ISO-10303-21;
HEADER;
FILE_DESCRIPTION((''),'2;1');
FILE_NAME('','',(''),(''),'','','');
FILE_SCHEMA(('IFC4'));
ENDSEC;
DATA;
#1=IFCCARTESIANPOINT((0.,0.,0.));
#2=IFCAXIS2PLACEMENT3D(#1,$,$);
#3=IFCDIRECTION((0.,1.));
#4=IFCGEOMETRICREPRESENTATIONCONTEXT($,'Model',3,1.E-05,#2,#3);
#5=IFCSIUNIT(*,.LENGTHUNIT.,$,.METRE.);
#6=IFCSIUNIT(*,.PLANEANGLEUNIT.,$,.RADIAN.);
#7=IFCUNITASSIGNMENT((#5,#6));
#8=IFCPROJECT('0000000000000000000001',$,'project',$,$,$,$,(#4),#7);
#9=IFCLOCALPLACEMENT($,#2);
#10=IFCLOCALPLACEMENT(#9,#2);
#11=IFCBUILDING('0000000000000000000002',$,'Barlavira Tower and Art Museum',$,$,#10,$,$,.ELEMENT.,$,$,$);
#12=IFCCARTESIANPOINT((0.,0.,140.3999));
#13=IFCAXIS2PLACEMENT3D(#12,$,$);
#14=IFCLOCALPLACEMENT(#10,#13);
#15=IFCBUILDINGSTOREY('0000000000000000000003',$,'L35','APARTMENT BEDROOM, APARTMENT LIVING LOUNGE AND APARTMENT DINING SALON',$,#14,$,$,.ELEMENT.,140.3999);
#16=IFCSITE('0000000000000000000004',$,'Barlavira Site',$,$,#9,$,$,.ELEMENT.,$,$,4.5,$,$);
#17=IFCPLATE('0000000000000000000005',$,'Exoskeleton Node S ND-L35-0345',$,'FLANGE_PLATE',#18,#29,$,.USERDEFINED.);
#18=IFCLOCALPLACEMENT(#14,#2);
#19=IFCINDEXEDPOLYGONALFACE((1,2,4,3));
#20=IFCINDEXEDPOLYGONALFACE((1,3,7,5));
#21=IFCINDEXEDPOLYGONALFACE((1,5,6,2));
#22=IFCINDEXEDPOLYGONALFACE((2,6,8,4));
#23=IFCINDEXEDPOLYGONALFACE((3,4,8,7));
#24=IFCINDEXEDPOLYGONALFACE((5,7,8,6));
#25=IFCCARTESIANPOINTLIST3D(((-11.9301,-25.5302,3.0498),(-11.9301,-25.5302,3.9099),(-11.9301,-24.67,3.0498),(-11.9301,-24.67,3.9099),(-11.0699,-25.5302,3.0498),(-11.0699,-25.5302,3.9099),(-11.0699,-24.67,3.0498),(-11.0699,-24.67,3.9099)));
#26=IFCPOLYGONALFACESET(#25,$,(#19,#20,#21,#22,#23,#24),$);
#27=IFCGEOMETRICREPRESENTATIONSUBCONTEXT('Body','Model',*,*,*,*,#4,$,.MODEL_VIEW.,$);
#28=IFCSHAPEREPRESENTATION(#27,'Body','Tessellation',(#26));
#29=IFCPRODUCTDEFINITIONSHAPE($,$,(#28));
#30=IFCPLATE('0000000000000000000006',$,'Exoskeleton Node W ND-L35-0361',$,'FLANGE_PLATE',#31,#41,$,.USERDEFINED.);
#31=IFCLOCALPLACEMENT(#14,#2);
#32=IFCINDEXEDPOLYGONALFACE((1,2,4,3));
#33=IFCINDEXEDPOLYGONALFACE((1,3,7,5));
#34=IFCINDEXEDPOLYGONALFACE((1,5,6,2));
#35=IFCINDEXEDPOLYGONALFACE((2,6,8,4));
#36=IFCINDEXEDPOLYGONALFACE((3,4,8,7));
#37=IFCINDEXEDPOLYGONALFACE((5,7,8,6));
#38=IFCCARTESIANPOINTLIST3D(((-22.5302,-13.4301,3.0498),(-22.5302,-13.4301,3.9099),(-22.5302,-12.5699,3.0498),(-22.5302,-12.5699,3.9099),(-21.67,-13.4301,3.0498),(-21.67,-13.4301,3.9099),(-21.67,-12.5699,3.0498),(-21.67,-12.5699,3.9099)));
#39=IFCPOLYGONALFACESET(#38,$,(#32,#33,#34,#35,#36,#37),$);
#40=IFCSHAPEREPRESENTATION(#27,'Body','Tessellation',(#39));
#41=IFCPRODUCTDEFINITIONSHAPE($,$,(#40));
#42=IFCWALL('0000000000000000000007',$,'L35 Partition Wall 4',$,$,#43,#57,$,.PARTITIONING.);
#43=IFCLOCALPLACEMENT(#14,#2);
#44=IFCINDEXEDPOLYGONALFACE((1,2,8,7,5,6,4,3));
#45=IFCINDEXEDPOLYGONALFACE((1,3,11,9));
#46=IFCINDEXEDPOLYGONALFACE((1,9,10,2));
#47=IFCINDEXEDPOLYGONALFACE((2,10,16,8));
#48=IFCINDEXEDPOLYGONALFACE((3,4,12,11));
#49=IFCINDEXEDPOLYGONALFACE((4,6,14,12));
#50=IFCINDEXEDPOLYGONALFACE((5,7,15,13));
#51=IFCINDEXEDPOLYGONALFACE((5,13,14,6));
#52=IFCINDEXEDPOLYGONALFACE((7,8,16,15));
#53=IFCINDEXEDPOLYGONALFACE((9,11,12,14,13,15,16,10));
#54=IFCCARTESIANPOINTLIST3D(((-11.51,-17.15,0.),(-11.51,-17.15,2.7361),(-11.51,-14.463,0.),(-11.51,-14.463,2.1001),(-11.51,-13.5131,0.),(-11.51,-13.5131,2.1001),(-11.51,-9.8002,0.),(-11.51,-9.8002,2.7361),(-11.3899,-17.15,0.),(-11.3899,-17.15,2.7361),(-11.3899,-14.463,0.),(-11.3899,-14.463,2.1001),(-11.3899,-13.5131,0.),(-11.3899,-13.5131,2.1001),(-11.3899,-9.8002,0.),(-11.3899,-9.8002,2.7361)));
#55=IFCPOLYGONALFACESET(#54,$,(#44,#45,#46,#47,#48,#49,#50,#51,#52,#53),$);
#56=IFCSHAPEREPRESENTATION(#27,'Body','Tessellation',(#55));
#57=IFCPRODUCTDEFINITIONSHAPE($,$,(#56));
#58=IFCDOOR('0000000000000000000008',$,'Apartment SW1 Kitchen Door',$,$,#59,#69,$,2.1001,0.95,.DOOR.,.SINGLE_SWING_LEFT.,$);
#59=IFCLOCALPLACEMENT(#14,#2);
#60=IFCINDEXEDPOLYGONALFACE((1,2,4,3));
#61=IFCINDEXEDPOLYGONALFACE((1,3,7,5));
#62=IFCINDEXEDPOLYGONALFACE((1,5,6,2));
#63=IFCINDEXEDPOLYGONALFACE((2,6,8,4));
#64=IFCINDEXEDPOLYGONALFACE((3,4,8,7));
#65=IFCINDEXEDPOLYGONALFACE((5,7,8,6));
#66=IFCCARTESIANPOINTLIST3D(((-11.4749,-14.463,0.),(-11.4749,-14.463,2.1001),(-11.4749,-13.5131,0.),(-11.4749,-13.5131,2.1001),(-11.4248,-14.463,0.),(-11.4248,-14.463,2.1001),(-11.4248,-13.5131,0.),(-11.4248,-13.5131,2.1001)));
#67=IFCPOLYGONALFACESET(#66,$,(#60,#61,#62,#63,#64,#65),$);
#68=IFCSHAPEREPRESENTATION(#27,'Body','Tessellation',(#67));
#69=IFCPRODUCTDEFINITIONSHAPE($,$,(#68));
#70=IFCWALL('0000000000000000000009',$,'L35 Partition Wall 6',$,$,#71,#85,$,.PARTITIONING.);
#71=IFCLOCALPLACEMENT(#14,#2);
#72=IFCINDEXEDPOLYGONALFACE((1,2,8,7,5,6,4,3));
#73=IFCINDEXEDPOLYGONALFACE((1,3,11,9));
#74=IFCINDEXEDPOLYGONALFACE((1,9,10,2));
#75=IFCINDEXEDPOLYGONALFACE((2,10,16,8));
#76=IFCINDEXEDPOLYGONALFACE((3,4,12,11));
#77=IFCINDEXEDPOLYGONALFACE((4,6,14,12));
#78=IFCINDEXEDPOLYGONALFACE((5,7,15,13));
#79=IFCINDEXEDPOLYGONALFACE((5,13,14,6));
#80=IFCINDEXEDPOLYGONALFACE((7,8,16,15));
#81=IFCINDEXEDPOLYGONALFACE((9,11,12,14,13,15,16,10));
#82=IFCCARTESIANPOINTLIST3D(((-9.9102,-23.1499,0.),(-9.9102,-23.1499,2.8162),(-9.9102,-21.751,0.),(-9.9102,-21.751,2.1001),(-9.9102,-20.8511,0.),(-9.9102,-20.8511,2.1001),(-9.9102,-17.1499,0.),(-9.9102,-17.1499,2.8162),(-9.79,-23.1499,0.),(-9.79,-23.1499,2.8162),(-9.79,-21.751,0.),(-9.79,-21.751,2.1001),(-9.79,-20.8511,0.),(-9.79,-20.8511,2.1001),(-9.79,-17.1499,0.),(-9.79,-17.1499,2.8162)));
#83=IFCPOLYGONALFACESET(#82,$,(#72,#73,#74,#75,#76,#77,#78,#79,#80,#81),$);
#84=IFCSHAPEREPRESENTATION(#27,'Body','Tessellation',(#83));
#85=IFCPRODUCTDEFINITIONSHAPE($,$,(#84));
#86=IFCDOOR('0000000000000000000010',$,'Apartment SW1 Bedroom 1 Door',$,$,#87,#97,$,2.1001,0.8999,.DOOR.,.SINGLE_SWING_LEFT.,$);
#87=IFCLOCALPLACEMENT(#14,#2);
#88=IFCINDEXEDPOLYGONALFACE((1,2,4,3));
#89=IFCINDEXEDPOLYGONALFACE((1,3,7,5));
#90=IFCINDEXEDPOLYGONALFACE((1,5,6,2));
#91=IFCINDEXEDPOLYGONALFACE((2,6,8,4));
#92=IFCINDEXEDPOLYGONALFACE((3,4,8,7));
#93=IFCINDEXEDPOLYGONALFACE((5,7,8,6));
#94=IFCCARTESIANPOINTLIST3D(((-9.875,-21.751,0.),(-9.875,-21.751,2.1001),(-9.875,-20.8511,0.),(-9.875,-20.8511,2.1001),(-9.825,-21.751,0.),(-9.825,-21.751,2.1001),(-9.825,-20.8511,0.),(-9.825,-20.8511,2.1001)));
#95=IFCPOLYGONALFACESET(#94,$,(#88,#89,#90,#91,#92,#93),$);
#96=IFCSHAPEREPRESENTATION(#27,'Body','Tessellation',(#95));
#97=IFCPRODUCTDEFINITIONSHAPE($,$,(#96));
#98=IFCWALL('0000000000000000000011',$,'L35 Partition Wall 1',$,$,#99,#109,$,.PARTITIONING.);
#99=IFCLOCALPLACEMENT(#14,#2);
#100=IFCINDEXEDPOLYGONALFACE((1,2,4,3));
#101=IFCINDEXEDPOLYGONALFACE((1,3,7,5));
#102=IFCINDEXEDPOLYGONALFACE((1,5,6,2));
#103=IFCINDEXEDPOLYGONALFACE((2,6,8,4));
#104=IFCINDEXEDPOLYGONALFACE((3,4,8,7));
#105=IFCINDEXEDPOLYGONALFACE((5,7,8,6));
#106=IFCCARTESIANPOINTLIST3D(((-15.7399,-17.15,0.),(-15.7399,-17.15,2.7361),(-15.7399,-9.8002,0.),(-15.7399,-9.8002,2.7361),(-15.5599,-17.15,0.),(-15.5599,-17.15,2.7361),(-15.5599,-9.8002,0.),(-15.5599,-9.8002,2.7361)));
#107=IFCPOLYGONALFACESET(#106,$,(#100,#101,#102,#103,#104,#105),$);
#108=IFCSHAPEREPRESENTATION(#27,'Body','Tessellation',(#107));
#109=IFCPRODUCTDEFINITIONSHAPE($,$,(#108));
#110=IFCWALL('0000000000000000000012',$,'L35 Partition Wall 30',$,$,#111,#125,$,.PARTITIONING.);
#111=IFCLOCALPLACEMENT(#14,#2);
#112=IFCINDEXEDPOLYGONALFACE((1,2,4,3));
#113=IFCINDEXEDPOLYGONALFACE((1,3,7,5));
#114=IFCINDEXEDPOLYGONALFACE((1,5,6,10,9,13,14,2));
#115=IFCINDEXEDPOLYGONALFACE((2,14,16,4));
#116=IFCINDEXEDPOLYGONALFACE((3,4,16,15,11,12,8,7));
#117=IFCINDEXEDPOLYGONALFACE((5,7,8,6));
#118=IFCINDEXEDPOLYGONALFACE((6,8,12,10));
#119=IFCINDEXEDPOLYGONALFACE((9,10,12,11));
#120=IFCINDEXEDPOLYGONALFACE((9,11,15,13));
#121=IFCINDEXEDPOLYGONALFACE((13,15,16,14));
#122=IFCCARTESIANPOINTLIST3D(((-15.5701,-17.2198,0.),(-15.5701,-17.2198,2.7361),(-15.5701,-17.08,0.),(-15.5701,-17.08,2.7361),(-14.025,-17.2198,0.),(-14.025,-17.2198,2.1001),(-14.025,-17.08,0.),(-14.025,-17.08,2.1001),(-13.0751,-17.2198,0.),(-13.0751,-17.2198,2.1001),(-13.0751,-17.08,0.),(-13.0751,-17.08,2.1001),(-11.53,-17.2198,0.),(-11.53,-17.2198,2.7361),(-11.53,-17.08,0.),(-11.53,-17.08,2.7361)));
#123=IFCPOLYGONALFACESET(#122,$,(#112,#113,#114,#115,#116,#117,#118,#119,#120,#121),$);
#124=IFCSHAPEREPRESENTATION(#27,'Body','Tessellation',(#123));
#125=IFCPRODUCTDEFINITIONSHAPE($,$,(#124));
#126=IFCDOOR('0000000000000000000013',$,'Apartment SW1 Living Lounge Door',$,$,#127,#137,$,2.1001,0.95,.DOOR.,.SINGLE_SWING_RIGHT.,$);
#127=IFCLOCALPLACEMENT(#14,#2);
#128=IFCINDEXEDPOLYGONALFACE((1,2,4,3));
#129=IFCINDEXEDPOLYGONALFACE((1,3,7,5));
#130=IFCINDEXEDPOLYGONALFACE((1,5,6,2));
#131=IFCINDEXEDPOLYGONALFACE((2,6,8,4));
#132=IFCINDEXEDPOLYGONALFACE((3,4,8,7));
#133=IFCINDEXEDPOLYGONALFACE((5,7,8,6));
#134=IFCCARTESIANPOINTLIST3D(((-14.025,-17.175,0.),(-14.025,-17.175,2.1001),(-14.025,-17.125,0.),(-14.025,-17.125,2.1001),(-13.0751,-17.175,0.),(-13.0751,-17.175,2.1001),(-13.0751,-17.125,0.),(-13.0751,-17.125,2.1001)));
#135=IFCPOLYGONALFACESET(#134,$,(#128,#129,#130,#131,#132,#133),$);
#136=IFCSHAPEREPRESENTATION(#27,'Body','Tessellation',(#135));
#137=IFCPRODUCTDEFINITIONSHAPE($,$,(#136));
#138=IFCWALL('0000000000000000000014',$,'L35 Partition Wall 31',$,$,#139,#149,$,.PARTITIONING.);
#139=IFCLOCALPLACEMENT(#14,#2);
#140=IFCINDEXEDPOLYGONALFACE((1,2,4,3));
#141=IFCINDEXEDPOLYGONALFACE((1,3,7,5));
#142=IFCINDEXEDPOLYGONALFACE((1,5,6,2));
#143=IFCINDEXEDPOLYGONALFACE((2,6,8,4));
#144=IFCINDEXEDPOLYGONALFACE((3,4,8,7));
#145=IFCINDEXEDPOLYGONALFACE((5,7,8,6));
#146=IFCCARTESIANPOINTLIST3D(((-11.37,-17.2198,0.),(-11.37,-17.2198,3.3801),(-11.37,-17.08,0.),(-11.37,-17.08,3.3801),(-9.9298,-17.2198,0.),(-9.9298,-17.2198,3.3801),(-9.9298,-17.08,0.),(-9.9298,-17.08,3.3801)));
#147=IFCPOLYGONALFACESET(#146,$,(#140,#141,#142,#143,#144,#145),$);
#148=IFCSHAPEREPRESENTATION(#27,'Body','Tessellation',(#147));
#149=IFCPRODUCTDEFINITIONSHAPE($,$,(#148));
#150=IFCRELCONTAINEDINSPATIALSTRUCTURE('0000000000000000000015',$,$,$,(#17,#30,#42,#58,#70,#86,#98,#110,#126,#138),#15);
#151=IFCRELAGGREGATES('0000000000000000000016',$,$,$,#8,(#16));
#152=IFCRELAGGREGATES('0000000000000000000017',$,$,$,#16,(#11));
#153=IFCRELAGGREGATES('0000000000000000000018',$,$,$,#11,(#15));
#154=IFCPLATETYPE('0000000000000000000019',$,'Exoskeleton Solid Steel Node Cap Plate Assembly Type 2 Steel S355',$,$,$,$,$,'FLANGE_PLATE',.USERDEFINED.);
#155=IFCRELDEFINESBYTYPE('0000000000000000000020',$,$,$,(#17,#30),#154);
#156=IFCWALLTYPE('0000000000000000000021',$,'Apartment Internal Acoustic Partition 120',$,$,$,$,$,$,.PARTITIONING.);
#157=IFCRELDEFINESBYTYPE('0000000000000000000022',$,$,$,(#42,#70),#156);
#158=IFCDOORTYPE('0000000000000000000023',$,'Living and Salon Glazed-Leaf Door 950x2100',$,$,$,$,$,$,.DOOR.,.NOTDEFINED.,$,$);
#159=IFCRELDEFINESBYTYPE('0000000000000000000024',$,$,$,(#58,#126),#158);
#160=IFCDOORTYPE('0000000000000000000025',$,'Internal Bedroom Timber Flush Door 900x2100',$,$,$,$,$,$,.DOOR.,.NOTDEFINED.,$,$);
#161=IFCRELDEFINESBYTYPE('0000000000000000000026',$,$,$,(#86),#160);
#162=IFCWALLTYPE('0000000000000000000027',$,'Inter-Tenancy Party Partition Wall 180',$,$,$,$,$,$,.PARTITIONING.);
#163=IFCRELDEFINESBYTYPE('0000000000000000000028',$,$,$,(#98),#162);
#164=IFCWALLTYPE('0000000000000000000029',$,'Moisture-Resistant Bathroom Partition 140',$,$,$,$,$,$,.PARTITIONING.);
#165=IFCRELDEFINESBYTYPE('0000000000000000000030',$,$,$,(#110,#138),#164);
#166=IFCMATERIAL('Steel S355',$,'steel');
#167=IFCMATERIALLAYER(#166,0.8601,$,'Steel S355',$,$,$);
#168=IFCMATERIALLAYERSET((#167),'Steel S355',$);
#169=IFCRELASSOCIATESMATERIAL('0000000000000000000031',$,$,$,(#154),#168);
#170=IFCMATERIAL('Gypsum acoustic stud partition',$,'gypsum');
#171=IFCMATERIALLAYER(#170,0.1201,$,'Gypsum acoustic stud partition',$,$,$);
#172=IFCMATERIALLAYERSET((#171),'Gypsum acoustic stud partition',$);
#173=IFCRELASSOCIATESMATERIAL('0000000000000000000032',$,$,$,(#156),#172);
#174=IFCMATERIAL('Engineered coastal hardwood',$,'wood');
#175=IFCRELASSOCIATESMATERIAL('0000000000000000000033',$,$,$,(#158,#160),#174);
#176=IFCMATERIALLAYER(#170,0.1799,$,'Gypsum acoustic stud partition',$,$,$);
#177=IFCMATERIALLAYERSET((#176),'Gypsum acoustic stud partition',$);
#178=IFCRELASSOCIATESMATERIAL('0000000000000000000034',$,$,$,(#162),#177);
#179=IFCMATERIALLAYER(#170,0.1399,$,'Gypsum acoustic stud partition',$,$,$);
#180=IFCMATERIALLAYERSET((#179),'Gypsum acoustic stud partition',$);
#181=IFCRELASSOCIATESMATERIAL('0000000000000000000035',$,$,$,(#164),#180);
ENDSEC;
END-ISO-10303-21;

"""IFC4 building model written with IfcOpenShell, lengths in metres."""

from ifc_helpers import new_model, si_unit, direction, frame, frame_2d, origin, origin_2d, place, context, subcontext, project, spatial, rectangle, extrude, material, layer, layer_set, type_object, element, fill, save


model = new_model("IFC4")

# Units and contexts
model_context = context("Model", 3, precision=1e-05, world=origin(), true_north=direction((0.0, 1.0)))
body_context = subcontext(model_context, "Body", "Model", "MODEL_VIEW")
ifc_project = project(units=[si_unit("LENGTHUNIT", "METRE"), si_unit("PLANEANGLEUNIT", "RADIAN")], contexts=[model_context])

# Site, building, storey
site_placement = place(None, origin())
site = spatial("IfcSite", under=ifc_project, at=site_placement, Name="Barlavira Site", CompositionType="ELEMENT", RefElevation=4.5)
building_placement = place(site_placement, origin())
building = spatial("IfcBuilding", under=site, at=building_placement, Name="Barlavira Tower and Art Museum", CompositionType="ELEMENT")
storey_placement = place(building_placement, frame((0.0, 0.0, 140.3999)))
storey = spatial("IfcBuildingStorey", under=building, at=storey_placement, Name="L35", Description="APARTMENT BEDROOM, APARTMENT LIVING LOUNGE AND APARTMENT DINING SALON", CompositionType="ELEMENT", Elevation=140.3999)

# Shared definitions
ifc_material_1 = material(Name="Steel S355", Category="steel")

# Plates
ifc_layer_1 = layer(ifc_material_1, 0.8601, Name="Steel S355")
ifc_layer_set_1 = layer_set([ifc_layer_1], Name="Steel S355")
plate_type = type_object("IfcPlateType", Name="Exoskeleton Solid Steel Node Cap Plate Assembly Type 2 Steel S355", ElementType="FLANGE_PLATE", PredefinedType="USERDEFINED", material=ifc_layer_set_1)
for number, where, z_axis, x_axis, name in (
    (1, (-11.5, -25.1001, 3.0498), (0.0, 0.0, 1.0), (1.0, 0.0, 0.0), "Exoskeleton Node S ND-L35-0345"),
    (2, (-22.1001, -13.0, 3.0498), (0.0, 0.0, 1.0), (1.0, 0.0, 0.0), "Exoskeleton Node W ND-L35-0361"),
):
    element("IfcPlate", number, at=place(storey_placement, frame(where, z_axis=z_axis, x_axis=x_axis)), inside=storey, type_object=plate_type, Name=name, ObjectType="FLANGE_PLATE", PredefinedType="USERDEFINED", context=body_context, shape_type="SweptSolid", body=[
        extrude(rectangle(XDim=0.8601, YDim=0.8601, at=origin_2d()), origin(), (0.0, 0.0, 1.0), 0.8601),
    ])

# Walls, openings, doors
ifc_material_2 = material(Name="Gypsum acoustic stud partition", Category="gypsum")
ifc_layer_2 = layer(ifc_material_2, 0.1201, Name="Gypsum acoustic stud partition")
ifc_layer_set_2 = layer_set([ifc_layer_2], Name="Gypsum acoustic stud partition")
wall_type_1 = type_object("IfcWallType", Name="Apartment Internal Acoustic Partition 120", PredefinedType="PARTITIONING", material=ifc_layer_set_2)
wall_1_placement = place(storey_placement, frame((-11.45, -17.1499, 0.0), z_axis=(0.0, 0.0, 1.0), x_axis=(0.0, 1.0, 0.0)))
wall_1 = element("IfcWall", 3, at=wall_1_placement, inside=storey, type_object=wall_type_1, Name="L35 Partition Wall 4", PredefinedType="PARTITIONING", context=body_context, shape_type="SweptSolid", body=[
    extrude(rectangle(XDim=7.3499, YDim=0.1201, at=frame_2d((3.6748, 0.0))), origin(), (0.0, 0.0, 1.0), 2.7361),
])
opening_1_placement = place(wall_1_placement, frame((2.6868, 0.0, 0.0)))
opening_1 = element("IfcOpeningElement", 4, at=opening_1_placement, cuts=wall_1, PredefinedType="OPENING", context=body_context, shape_type="SweptSolid", body=[
    extrude(rectangle(XDim=0.95, YDim=2.1001, at=frame_2d((0.4751, 1.05))), frame((0.0, 0.0701, 0.0), z_axis=(0.0, -1.0, 0.0), x_axis=(1.0, 0.0, 0.0)), (0.0, 0.0, 1.0), 0.1401),
])
ifc_material_3 = material(Name="Engineered coastal hardwood", Category="wood")
door_type_1 = type_object("IfcDoorType", Name="Living and Salon Glazed-Leaf Door 950x2100", OperationType="NOTDEFINED", PredefinedType="DOOR", material=ifc_material_3)
door_1_placement = place(opening_1_placement, origin())
door_1 = element("IfcDoor", 5, at=door_1_placement, inside=storey, type_object=door_type_1, Name="Apartment SW1 Kitchen Door", OperationType="SINGLE_SWING_LEFT", OverallHeight=2.1001, OverallWidth=0.95, PredefinedType="DOOR", context=body_context, shape_type="SweptSolid", body=[
    extrude(rectangle(XDim=0.95, YDim=2.1001, at=frame_2d((0.4751, 1.05))), frame((0.0, 0.0249, 0.0), z_axis=(0.0, -1.0, 0.0), x_axis=(1.0, 0.0, 0.0)), (0.0, 0.0, 1.0), 0.05),
])
fill(opening_1, door_1)
wall_2_placement = place(storey_placement, frame((-9.8501, -23.1499, 0.0), z_axis=(0.0, 0.0, 1.0), x_axis=(0.0, 1.0, 0.0)))
wall_2 = element("IfcWall", 6, at=wall_2_placement, inside=storey, type_object=wall_type_1, Name="L35 Partition Wall 6", PredefinedType="PARTITIONING", context=body_context, shape_type="SweptSolid", body=[
    extrude(rectangle(XDim=6.0, YDim=0.1201, at=frame_2d((3.0, 0.0))), origin(), (0.0, 0.0, 1.0), 2.8162),
])
opening_2_placement = place(wall_2_placement, frame((1.3989, 0.0, 0.0)))
opening_2 = element("IfcOpeningElement", 7, at=opening_2_placement, cuts=wall_2, PredefinedType="OPENING", context=body_context, shape_type="SweptSolid", body=[
    extrude(rectangle(XDim=0.8999, YDim=2.1001, at=frame_2d((0.45, 1.05))), frame((0.0, 0.0701, 0.0), z_axis=(0.0, -1.0, 0.0), x_axis=(1.0, 0.0, 0.0)), (0.0, 0.0, 1.0), 0.1401),
])
door_type_2 = type_object("IfcDoorType", Name="Internal Bedroom Timber Flush Door 900x2100", OperationType="NOTDEFINED", PredefinedType="DOOR", material=ifc_material_3)
door_2_placement = place(opening_2_placement, origin())
door_2 = element("IfcDoor", 8, at=door_2_placement, inside=storey, type_object=door_type_2, Name="Apartment SW1 Bedroom 1 Door", OperationType="SINGLE_SWING_LEFT", OverallHeight=2.1001, OverallWidth=0.8999, PredefinedType="DOOR", context=body_context, shape_type="SweptSolid", body=[
    extrude(rectangle(XDim=0.8999, YDim=2.1001, at=frame_2d((0.45, 1.05))), frame((0.0, 0.0249, 0.0), z_axis=(0.0, -1.0, 0.0), x_axis=(1.0, 0.0, 0.0)), (0.0, 0.0, 1.0), 0.05),
])
fill(opening_2, door_2)

# Wall
ifc_layer_3 = layer(ifc_material_2, 0.1799, Name="Gypsum acoustic stud partition")
ifc_layer_set_3 = layer_set([ifc_layer_3], Name="Gypsum acoustic stud partition")
wall_type_2 = type_object("IfcWallType", Name="Inter-Tenancy Party Partition Wall 180", PredefinedType="PARTITIONING", material=ifc_layer_set_3)
wall_3_placement = place(storey_placement, frame((-15.6499, -17.1499, 0.0), z_axis=(0.0, 0.0, 1.0), x_axis=(0.0, 1.0, 0.0)))
element("IfcWall", 9, at=wall_3_placement, inside=storey, type_object=wall_type_2, Name="L35 Partition Wall 1", PredefinedType="PARTITIONING", context=body_context, shape_type="SweptSolid", body=[
    extrude(rectangle(XDim=7.3499, YDim=0.1799, at=frame_2d((3.6748, 0.0))), origin(), (0.0, 0.0, 1.0), 2.7361),
])

# Wall, opening, door
ifc_layer_4 = layer(ifc_material_2, 0.1399, Name="Gypsum acoustic stud partition")
ifc_layer_set_4 = layer_set([ifc_layer_4], Name="Gypsum acoustic stud partition")
wall_type_3 = type_object("IfcWallType", Name="Moisture-Resistant Bathroom Partition 140", PredefinedType="PARTITIONING", material=ifc_layer_set_4)
wall_4_placement = place(storey_placement, frame((-15.5701, -17.1499, 0.0), z_axis=(0.0, 0.0, 1.0), x_axis=(1.0, 0.0, 0.0)))
wall_4 = element("IfcWall", 10, at=wall_4_placement, inside=storey, type_object=wall_type_3, Name="L35 Partition Wall 30", PredefinedType="PARTITIONING", context=body_context, shape_type="SweptSolid", body=[
    extrude(rectangle(XDim=4.04, YDim=0.1399, at=frame_2d((2.02, 0.0))), origin(), (0.0, 0.0, 1.0), 2.7361),
])
opening_3_placement = place(wall_4_placement, frame((1.5449, 0.0, 0.0)))
opening_3 = element("IfcOpeningElement", 11, at=opening_3_placement, cuts=wall_4, PredefinedType="OPENING", context=body_context, shape_type="SweptSolid", body=[
    extrude(rectangle(XDim=0.95, YDim=2.1001, at=frame_2d((0.4751, 1.05))), frame((0.0, 0.0801, 0.0), z_axis=(0.0, -1.0, 0.0), x_axis=(1.0, 0.0, 0.0)), (0.0, 0.0, 1.0), 0.1599),
])
door_3_placement = place(opening_3_placement, origin())
door_3 = element("IfcDoor", 12, at=door_3_placement, inside=storey, type_object=door_type_1, Name="Apartment SW1 Living Lounge Door", OperationType="SINGLE_SWING_RIGHT", OverallHeight=2.1001, OverallWidth=0.95, PredefinedType="DOOR", context=body_context, shape_type="SweptSolid", body=[
    extrude(rectangle(XDim=0.95, YDim=2.1001, at=frame_2d((0.4751, 1.05))), frame((0.0, 0.0249, 0.0), z_axis=(0.0, -1.0, 0.0), x_axis=(1.0, 0.0, 0.0)), (0.0, 0.0, 1.0), 0.05),
])
fill(opening_3, door_3)

# Wall
wall_5_placement = place(storey_placement, frame((-11.3701, -17.1499, 0.0), z_axis=(0.0, 0.0, 1.0), x_axis=(1.0, 0.0, 0.0)))
element("IfcWall", 13, at=wall_5_placement, inside=storey, type_object=wall_type_3, Name="L35 Partition Wall 31", PredefinedType="PARTITIONING", context=body_context, shape_type="SweptSolid", body=[
    extrude(rectangle(XDim=1.4402, YDim=0.1399, at=frame_2d((0.7202, 0.0))), origin(), (0.0, 0.0, 1.0), 3.3801),
])

save(model, "model.ifc")
